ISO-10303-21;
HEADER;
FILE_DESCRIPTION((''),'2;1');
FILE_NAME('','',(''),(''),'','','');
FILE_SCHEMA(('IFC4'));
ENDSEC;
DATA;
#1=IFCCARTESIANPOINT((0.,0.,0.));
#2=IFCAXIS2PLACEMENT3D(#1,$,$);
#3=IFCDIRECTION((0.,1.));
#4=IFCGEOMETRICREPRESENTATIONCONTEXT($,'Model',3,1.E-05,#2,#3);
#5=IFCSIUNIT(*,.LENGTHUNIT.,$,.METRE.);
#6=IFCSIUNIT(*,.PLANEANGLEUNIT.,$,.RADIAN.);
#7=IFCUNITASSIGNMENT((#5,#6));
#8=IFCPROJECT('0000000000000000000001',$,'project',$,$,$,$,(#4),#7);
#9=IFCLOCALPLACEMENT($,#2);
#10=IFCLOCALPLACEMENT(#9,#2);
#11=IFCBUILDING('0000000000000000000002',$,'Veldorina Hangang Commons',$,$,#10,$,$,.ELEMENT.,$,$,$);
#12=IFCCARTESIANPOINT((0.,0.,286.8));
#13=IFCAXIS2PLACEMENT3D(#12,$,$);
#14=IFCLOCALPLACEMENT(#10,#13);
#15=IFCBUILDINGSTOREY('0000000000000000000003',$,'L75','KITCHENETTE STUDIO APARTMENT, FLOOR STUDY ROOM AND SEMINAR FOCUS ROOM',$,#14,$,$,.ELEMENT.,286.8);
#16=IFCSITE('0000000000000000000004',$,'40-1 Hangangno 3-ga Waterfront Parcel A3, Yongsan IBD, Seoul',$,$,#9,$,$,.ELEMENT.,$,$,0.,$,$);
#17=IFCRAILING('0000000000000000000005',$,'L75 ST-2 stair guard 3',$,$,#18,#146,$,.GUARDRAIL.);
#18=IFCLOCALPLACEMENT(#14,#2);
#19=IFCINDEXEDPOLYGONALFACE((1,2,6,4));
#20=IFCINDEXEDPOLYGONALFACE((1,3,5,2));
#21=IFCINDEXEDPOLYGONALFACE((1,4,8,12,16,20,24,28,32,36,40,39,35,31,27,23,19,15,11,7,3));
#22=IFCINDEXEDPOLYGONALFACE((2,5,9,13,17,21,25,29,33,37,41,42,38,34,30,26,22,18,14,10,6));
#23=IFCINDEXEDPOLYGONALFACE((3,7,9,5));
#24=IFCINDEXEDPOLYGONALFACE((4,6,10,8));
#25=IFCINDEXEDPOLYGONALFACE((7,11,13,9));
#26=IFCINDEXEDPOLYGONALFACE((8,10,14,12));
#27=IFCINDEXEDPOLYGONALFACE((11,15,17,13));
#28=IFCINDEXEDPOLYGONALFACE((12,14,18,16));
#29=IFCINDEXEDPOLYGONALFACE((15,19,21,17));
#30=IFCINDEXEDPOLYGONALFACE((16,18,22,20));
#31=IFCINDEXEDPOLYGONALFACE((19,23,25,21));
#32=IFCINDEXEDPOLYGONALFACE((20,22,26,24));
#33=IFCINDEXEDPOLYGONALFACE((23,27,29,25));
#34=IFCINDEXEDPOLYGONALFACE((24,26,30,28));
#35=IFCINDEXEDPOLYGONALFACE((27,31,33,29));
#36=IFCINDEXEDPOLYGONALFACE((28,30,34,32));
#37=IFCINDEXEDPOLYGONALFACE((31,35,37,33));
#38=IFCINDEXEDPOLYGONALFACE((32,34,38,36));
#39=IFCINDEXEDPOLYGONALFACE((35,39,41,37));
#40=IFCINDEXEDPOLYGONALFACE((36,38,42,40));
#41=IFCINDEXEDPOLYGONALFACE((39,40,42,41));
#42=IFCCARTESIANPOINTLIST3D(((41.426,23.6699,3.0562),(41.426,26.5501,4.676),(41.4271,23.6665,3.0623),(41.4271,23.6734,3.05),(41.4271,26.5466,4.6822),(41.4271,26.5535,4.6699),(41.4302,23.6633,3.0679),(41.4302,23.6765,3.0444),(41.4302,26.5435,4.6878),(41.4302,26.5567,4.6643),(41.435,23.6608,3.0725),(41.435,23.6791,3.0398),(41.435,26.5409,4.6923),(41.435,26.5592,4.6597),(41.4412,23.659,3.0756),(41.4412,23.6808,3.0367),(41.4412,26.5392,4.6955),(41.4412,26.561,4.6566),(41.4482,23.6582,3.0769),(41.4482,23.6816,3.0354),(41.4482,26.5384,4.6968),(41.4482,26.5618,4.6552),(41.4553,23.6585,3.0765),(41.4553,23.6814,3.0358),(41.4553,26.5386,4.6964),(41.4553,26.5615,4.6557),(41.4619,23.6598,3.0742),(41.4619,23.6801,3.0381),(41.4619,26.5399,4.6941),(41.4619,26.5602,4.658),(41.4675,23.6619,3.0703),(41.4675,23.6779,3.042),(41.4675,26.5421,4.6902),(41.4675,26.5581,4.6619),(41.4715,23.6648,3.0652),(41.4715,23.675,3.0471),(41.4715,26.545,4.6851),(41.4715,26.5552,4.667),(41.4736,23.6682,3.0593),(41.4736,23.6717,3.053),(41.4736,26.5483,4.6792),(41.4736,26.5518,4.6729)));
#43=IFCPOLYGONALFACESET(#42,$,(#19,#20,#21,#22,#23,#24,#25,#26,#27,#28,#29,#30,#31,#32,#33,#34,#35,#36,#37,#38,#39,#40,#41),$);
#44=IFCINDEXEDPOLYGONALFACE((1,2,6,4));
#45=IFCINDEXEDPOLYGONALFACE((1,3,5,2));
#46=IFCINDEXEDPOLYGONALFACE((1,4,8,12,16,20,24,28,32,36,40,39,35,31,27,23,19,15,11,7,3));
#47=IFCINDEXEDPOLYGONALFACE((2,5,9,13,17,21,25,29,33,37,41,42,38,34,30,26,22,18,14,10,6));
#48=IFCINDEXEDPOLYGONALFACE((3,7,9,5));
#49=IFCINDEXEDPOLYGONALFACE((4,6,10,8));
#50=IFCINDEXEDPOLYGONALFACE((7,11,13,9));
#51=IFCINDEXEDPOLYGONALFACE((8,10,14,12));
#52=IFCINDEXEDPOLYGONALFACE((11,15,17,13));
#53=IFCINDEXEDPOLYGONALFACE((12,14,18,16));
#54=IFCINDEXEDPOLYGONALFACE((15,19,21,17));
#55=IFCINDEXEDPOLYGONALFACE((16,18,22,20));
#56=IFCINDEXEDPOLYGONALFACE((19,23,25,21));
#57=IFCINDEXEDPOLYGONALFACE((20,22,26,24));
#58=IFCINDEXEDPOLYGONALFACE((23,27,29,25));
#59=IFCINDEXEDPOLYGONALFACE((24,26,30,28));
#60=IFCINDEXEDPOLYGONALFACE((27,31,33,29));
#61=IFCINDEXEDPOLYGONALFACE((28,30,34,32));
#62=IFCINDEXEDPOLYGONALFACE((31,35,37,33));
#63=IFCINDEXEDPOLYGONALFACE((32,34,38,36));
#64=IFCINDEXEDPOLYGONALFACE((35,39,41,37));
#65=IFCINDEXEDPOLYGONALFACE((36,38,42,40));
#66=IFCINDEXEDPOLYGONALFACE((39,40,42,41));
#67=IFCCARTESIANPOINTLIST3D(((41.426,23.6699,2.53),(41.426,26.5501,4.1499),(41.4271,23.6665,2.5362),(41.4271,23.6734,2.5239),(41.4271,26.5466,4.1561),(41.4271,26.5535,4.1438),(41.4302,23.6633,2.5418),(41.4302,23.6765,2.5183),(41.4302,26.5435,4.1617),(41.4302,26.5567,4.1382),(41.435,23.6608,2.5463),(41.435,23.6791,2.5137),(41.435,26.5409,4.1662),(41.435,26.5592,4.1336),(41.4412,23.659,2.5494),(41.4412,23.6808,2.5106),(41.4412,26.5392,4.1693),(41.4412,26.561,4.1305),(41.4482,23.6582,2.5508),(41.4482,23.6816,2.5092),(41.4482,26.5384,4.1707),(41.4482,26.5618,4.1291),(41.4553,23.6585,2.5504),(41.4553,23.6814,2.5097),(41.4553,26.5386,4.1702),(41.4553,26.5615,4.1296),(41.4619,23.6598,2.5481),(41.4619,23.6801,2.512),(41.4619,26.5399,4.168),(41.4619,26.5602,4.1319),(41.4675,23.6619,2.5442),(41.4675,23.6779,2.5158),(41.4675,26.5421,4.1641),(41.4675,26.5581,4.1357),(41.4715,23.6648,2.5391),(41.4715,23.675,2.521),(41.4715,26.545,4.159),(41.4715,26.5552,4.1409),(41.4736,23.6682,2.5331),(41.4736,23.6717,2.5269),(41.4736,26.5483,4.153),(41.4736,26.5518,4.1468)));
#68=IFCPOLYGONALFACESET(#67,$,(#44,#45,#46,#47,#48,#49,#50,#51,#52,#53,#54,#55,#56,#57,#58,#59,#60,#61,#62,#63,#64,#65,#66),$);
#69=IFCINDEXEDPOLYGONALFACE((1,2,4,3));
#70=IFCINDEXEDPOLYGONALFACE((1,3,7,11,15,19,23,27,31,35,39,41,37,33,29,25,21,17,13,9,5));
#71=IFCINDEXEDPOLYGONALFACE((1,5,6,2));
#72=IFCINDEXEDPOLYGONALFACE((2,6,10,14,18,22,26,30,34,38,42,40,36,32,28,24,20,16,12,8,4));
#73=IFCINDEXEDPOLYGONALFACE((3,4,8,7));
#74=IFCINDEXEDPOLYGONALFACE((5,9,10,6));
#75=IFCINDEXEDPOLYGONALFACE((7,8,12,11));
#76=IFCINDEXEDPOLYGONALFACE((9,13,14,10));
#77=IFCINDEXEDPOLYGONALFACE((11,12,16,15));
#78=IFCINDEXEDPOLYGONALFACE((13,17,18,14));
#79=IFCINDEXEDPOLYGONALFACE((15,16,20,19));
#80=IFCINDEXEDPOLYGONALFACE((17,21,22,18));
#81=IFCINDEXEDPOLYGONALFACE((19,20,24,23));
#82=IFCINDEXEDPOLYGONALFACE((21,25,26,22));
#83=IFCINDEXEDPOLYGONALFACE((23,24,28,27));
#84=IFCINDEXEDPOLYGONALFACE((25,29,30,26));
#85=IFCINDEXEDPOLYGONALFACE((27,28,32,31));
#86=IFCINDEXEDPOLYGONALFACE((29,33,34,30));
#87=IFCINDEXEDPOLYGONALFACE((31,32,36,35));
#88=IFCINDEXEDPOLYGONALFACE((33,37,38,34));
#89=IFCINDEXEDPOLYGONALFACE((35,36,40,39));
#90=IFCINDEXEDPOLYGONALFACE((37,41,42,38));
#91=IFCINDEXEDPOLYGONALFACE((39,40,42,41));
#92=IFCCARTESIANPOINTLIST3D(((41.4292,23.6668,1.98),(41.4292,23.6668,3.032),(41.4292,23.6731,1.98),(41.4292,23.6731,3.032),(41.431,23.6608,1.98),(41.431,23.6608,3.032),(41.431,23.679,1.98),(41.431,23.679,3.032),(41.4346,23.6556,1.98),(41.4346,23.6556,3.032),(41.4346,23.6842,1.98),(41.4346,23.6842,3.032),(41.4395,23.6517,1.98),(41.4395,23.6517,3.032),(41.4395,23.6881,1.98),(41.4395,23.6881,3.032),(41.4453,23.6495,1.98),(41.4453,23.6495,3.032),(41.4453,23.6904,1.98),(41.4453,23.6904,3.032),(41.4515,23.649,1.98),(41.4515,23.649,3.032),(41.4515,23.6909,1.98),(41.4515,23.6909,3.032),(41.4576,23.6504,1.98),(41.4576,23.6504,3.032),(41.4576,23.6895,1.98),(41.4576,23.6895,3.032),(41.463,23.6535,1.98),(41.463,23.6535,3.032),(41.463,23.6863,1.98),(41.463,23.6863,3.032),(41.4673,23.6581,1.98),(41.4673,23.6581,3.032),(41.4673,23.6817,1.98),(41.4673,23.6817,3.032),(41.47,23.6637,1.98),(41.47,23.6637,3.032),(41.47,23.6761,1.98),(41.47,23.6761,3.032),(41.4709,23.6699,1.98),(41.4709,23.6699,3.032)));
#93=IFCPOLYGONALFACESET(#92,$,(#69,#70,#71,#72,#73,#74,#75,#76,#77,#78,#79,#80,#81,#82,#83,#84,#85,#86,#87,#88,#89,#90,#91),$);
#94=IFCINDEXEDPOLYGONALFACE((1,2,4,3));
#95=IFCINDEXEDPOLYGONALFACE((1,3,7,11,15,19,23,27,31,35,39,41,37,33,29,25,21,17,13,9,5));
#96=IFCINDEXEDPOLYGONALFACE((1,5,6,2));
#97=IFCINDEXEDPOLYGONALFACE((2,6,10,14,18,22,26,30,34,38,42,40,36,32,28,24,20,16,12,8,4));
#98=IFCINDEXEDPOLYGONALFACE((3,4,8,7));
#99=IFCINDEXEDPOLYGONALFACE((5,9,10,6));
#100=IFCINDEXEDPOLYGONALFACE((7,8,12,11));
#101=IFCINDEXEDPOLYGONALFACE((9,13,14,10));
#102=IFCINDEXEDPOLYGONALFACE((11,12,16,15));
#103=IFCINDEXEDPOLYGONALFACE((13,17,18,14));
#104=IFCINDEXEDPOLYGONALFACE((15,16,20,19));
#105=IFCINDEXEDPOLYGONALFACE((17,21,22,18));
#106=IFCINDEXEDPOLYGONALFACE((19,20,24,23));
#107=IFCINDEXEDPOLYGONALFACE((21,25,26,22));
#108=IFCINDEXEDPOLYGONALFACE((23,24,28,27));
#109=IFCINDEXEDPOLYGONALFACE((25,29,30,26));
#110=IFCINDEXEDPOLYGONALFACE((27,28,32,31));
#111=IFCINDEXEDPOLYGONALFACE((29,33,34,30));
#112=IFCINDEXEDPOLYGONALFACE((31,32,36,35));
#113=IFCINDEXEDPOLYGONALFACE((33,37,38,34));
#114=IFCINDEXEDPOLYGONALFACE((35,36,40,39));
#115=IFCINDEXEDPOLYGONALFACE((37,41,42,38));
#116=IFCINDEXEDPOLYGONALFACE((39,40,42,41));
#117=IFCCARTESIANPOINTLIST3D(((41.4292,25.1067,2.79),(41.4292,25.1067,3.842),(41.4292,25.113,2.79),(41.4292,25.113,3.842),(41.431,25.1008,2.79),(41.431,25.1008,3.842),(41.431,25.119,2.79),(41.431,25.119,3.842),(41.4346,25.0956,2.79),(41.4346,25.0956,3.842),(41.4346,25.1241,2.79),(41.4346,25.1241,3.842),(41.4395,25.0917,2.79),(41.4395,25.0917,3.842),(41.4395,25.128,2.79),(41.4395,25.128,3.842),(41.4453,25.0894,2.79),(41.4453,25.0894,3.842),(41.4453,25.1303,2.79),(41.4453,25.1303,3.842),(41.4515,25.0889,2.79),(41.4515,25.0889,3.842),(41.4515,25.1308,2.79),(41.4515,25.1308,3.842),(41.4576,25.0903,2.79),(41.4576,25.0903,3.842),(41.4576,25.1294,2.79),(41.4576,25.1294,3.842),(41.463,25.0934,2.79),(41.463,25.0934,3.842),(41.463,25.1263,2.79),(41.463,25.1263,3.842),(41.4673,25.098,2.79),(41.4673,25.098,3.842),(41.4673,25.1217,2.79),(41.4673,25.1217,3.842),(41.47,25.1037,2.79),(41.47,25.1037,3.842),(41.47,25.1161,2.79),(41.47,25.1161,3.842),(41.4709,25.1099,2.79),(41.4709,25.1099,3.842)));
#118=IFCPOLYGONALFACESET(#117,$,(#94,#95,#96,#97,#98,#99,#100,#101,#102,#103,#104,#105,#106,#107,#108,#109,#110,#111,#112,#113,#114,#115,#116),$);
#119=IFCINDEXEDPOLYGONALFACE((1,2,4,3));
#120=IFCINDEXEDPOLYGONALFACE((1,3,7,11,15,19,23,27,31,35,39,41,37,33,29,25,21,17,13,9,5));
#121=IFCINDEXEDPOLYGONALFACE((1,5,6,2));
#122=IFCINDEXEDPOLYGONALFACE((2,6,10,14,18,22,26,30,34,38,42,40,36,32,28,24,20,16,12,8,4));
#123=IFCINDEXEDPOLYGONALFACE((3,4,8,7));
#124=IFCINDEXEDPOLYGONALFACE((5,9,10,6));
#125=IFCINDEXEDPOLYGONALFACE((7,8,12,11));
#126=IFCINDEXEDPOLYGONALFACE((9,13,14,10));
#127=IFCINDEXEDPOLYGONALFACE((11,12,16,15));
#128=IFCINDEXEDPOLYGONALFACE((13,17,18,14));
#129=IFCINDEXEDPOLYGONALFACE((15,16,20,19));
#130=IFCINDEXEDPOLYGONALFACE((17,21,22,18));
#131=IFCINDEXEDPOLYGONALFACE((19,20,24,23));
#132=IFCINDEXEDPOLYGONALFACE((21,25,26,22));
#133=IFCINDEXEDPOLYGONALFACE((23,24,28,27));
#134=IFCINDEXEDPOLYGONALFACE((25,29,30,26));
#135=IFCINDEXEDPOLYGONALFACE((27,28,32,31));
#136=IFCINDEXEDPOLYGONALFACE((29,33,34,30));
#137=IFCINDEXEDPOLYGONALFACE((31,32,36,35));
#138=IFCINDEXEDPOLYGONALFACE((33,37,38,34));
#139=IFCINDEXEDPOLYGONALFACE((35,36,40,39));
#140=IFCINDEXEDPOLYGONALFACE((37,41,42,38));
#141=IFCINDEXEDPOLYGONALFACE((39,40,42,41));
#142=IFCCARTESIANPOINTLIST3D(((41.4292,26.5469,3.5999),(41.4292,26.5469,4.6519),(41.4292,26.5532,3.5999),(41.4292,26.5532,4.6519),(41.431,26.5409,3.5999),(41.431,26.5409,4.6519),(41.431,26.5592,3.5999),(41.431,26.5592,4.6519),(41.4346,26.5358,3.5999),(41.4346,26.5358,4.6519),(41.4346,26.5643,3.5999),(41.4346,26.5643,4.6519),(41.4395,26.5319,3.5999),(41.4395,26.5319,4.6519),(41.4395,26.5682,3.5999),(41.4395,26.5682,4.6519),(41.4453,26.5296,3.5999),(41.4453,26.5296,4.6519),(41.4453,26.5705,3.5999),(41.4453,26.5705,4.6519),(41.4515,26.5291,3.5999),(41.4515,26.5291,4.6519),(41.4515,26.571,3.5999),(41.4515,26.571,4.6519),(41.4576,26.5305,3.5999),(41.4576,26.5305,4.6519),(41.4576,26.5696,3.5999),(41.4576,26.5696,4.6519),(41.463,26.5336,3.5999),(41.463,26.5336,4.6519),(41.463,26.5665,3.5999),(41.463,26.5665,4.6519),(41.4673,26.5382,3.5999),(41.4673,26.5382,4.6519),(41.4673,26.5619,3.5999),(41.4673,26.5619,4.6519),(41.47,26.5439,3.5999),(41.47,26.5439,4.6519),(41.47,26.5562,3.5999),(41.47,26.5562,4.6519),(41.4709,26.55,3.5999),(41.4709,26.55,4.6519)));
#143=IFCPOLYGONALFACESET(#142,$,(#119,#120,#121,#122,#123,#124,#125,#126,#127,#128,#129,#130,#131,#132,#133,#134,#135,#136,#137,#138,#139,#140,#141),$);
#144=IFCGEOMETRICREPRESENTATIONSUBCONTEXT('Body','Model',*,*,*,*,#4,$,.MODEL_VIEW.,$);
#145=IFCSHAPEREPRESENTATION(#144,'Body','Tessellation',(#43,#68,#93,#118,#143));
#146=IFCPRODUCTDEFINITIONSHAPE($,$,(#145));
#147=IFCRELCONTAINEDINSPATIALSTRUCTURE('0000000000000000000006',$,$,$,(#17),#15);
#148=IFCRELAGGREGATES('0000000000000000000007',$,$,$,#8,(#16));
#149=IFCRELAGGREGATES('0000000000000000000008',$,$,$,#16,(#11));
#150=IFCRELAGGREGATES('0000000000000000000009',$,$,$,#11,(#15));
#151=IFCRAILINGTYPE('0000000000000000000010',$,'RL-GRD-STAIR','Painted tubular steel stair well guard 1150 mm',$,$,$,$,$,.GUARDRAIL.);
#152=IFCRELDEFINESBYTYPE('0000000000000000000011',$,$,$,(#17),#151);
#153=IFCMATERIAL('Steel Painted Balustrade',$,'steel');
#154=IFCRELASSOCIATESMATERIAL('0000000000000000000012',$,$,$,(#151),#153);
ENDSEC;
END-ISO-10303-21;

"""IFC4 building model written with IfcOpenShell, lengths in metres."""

from ifc_helpers import new_model, si_unit, direction, frame, origin, origin_2d, place, context, subcontext, project, spatial, circle, extrude, material, type_object, element, save


model = new_model("IFC4")

# Units and contexts
model_context = context("Model", 3, precision=1e-05, world=origin(), true_north=direction((0.0, 1.0)))
body_context = subcontext(model_context, "Body", "Model", "MODEL_VIEW")
ifc_project = project(units=[si_unit("LENGTHUNIT", "METRE"), si_unit("PLANEANGLEUNIT", "RADIAN")], contexts=[model_context])

# Site, building, storey
site_placement = place(None, origin())
site = spatial("IfcSite", under=ifc_project, at=site_placement, Name="40-1 Hangangno 3-ga Waterfront Parcel A3, Yongsan IBD, Seoul", CompositionType="ELEMENT", RefElevation=0.0)
building_placement = place(site_placement, origin())
building = spatial("IfcBuilding", under=site, at=building_placement, Name="Veldorina Hangang Commons", CompositionType="ELEMENT")
storey_placement = place(building_placement, frame((0.0, 0.0, 286.8)))
storey = spatial("IfcBuildingStorey", under=building, at=storey_placement, Name="L75", Description="KITCHENETTE STUDIO APARTMENT, FLOOR STUDY ROOM AND SEMINAR FOCUS ROOM", CompositionType="ELEMENT", Elevation=286.8)

# Railing
ifc_material_1 = material(Name="Steel Painted Balustrade", Category="steel")
railing_type_1 = type_object("IfcRailingType", Name="RL-GRD-STAIR", Description="Painted tubular steel stair well guard 1150 mm", PredefinedType="GUARDRAIL", material=ifc_material_1)
railing_1_placement = place(storey_placement, frame((41.45, 23.6699, 1.98)))
element("IfcRailing", 1, at=railing_1_placement, inside=storey, type_object=railing_type_1, Name="L75 ST-2 stair guard 3", PredefinedType="GUARDRAIL", context=body_context, shape_type="SweptSolid", body=[
    extrude(circle(Radius=0.0239, at=origin_2d()), frame((0.0, 0.0, 1.0762), z_axis=(0.0, 0.871601, 0.490216), x_axis=(-1.0, 0.0, 0.0)), (0.0, 0.0, 1.0), 3.3044),
    extrude(circle(Radius=0.0239, at=origin_2d()), frame((0.0, 0.0, 0.55), z_axis=(0.0, 0.871601, 0.490216), x_axis=(-1.0, 0.0, 0.0)), (0.0, 0.0, 1.0), 3.3044),
    extrude(circle(Radius=0.021, at=origin_2d()), origin(), (0.0, 0.0, 1.0), 1.052),
    extrude(circle(Radius=0.021, at=origin_2d()), frame((0.0, 1.4399, 0.8101)), (0.0, 0.0, 1.0), 1.052),
    extrude(circle(Radius=0.021, at=origin_2d()), frame((0.0, 2.8801, 1.6199)), (0.0, 0.0, 1.0), 1.052),
])

save(model, "model.ifc")
